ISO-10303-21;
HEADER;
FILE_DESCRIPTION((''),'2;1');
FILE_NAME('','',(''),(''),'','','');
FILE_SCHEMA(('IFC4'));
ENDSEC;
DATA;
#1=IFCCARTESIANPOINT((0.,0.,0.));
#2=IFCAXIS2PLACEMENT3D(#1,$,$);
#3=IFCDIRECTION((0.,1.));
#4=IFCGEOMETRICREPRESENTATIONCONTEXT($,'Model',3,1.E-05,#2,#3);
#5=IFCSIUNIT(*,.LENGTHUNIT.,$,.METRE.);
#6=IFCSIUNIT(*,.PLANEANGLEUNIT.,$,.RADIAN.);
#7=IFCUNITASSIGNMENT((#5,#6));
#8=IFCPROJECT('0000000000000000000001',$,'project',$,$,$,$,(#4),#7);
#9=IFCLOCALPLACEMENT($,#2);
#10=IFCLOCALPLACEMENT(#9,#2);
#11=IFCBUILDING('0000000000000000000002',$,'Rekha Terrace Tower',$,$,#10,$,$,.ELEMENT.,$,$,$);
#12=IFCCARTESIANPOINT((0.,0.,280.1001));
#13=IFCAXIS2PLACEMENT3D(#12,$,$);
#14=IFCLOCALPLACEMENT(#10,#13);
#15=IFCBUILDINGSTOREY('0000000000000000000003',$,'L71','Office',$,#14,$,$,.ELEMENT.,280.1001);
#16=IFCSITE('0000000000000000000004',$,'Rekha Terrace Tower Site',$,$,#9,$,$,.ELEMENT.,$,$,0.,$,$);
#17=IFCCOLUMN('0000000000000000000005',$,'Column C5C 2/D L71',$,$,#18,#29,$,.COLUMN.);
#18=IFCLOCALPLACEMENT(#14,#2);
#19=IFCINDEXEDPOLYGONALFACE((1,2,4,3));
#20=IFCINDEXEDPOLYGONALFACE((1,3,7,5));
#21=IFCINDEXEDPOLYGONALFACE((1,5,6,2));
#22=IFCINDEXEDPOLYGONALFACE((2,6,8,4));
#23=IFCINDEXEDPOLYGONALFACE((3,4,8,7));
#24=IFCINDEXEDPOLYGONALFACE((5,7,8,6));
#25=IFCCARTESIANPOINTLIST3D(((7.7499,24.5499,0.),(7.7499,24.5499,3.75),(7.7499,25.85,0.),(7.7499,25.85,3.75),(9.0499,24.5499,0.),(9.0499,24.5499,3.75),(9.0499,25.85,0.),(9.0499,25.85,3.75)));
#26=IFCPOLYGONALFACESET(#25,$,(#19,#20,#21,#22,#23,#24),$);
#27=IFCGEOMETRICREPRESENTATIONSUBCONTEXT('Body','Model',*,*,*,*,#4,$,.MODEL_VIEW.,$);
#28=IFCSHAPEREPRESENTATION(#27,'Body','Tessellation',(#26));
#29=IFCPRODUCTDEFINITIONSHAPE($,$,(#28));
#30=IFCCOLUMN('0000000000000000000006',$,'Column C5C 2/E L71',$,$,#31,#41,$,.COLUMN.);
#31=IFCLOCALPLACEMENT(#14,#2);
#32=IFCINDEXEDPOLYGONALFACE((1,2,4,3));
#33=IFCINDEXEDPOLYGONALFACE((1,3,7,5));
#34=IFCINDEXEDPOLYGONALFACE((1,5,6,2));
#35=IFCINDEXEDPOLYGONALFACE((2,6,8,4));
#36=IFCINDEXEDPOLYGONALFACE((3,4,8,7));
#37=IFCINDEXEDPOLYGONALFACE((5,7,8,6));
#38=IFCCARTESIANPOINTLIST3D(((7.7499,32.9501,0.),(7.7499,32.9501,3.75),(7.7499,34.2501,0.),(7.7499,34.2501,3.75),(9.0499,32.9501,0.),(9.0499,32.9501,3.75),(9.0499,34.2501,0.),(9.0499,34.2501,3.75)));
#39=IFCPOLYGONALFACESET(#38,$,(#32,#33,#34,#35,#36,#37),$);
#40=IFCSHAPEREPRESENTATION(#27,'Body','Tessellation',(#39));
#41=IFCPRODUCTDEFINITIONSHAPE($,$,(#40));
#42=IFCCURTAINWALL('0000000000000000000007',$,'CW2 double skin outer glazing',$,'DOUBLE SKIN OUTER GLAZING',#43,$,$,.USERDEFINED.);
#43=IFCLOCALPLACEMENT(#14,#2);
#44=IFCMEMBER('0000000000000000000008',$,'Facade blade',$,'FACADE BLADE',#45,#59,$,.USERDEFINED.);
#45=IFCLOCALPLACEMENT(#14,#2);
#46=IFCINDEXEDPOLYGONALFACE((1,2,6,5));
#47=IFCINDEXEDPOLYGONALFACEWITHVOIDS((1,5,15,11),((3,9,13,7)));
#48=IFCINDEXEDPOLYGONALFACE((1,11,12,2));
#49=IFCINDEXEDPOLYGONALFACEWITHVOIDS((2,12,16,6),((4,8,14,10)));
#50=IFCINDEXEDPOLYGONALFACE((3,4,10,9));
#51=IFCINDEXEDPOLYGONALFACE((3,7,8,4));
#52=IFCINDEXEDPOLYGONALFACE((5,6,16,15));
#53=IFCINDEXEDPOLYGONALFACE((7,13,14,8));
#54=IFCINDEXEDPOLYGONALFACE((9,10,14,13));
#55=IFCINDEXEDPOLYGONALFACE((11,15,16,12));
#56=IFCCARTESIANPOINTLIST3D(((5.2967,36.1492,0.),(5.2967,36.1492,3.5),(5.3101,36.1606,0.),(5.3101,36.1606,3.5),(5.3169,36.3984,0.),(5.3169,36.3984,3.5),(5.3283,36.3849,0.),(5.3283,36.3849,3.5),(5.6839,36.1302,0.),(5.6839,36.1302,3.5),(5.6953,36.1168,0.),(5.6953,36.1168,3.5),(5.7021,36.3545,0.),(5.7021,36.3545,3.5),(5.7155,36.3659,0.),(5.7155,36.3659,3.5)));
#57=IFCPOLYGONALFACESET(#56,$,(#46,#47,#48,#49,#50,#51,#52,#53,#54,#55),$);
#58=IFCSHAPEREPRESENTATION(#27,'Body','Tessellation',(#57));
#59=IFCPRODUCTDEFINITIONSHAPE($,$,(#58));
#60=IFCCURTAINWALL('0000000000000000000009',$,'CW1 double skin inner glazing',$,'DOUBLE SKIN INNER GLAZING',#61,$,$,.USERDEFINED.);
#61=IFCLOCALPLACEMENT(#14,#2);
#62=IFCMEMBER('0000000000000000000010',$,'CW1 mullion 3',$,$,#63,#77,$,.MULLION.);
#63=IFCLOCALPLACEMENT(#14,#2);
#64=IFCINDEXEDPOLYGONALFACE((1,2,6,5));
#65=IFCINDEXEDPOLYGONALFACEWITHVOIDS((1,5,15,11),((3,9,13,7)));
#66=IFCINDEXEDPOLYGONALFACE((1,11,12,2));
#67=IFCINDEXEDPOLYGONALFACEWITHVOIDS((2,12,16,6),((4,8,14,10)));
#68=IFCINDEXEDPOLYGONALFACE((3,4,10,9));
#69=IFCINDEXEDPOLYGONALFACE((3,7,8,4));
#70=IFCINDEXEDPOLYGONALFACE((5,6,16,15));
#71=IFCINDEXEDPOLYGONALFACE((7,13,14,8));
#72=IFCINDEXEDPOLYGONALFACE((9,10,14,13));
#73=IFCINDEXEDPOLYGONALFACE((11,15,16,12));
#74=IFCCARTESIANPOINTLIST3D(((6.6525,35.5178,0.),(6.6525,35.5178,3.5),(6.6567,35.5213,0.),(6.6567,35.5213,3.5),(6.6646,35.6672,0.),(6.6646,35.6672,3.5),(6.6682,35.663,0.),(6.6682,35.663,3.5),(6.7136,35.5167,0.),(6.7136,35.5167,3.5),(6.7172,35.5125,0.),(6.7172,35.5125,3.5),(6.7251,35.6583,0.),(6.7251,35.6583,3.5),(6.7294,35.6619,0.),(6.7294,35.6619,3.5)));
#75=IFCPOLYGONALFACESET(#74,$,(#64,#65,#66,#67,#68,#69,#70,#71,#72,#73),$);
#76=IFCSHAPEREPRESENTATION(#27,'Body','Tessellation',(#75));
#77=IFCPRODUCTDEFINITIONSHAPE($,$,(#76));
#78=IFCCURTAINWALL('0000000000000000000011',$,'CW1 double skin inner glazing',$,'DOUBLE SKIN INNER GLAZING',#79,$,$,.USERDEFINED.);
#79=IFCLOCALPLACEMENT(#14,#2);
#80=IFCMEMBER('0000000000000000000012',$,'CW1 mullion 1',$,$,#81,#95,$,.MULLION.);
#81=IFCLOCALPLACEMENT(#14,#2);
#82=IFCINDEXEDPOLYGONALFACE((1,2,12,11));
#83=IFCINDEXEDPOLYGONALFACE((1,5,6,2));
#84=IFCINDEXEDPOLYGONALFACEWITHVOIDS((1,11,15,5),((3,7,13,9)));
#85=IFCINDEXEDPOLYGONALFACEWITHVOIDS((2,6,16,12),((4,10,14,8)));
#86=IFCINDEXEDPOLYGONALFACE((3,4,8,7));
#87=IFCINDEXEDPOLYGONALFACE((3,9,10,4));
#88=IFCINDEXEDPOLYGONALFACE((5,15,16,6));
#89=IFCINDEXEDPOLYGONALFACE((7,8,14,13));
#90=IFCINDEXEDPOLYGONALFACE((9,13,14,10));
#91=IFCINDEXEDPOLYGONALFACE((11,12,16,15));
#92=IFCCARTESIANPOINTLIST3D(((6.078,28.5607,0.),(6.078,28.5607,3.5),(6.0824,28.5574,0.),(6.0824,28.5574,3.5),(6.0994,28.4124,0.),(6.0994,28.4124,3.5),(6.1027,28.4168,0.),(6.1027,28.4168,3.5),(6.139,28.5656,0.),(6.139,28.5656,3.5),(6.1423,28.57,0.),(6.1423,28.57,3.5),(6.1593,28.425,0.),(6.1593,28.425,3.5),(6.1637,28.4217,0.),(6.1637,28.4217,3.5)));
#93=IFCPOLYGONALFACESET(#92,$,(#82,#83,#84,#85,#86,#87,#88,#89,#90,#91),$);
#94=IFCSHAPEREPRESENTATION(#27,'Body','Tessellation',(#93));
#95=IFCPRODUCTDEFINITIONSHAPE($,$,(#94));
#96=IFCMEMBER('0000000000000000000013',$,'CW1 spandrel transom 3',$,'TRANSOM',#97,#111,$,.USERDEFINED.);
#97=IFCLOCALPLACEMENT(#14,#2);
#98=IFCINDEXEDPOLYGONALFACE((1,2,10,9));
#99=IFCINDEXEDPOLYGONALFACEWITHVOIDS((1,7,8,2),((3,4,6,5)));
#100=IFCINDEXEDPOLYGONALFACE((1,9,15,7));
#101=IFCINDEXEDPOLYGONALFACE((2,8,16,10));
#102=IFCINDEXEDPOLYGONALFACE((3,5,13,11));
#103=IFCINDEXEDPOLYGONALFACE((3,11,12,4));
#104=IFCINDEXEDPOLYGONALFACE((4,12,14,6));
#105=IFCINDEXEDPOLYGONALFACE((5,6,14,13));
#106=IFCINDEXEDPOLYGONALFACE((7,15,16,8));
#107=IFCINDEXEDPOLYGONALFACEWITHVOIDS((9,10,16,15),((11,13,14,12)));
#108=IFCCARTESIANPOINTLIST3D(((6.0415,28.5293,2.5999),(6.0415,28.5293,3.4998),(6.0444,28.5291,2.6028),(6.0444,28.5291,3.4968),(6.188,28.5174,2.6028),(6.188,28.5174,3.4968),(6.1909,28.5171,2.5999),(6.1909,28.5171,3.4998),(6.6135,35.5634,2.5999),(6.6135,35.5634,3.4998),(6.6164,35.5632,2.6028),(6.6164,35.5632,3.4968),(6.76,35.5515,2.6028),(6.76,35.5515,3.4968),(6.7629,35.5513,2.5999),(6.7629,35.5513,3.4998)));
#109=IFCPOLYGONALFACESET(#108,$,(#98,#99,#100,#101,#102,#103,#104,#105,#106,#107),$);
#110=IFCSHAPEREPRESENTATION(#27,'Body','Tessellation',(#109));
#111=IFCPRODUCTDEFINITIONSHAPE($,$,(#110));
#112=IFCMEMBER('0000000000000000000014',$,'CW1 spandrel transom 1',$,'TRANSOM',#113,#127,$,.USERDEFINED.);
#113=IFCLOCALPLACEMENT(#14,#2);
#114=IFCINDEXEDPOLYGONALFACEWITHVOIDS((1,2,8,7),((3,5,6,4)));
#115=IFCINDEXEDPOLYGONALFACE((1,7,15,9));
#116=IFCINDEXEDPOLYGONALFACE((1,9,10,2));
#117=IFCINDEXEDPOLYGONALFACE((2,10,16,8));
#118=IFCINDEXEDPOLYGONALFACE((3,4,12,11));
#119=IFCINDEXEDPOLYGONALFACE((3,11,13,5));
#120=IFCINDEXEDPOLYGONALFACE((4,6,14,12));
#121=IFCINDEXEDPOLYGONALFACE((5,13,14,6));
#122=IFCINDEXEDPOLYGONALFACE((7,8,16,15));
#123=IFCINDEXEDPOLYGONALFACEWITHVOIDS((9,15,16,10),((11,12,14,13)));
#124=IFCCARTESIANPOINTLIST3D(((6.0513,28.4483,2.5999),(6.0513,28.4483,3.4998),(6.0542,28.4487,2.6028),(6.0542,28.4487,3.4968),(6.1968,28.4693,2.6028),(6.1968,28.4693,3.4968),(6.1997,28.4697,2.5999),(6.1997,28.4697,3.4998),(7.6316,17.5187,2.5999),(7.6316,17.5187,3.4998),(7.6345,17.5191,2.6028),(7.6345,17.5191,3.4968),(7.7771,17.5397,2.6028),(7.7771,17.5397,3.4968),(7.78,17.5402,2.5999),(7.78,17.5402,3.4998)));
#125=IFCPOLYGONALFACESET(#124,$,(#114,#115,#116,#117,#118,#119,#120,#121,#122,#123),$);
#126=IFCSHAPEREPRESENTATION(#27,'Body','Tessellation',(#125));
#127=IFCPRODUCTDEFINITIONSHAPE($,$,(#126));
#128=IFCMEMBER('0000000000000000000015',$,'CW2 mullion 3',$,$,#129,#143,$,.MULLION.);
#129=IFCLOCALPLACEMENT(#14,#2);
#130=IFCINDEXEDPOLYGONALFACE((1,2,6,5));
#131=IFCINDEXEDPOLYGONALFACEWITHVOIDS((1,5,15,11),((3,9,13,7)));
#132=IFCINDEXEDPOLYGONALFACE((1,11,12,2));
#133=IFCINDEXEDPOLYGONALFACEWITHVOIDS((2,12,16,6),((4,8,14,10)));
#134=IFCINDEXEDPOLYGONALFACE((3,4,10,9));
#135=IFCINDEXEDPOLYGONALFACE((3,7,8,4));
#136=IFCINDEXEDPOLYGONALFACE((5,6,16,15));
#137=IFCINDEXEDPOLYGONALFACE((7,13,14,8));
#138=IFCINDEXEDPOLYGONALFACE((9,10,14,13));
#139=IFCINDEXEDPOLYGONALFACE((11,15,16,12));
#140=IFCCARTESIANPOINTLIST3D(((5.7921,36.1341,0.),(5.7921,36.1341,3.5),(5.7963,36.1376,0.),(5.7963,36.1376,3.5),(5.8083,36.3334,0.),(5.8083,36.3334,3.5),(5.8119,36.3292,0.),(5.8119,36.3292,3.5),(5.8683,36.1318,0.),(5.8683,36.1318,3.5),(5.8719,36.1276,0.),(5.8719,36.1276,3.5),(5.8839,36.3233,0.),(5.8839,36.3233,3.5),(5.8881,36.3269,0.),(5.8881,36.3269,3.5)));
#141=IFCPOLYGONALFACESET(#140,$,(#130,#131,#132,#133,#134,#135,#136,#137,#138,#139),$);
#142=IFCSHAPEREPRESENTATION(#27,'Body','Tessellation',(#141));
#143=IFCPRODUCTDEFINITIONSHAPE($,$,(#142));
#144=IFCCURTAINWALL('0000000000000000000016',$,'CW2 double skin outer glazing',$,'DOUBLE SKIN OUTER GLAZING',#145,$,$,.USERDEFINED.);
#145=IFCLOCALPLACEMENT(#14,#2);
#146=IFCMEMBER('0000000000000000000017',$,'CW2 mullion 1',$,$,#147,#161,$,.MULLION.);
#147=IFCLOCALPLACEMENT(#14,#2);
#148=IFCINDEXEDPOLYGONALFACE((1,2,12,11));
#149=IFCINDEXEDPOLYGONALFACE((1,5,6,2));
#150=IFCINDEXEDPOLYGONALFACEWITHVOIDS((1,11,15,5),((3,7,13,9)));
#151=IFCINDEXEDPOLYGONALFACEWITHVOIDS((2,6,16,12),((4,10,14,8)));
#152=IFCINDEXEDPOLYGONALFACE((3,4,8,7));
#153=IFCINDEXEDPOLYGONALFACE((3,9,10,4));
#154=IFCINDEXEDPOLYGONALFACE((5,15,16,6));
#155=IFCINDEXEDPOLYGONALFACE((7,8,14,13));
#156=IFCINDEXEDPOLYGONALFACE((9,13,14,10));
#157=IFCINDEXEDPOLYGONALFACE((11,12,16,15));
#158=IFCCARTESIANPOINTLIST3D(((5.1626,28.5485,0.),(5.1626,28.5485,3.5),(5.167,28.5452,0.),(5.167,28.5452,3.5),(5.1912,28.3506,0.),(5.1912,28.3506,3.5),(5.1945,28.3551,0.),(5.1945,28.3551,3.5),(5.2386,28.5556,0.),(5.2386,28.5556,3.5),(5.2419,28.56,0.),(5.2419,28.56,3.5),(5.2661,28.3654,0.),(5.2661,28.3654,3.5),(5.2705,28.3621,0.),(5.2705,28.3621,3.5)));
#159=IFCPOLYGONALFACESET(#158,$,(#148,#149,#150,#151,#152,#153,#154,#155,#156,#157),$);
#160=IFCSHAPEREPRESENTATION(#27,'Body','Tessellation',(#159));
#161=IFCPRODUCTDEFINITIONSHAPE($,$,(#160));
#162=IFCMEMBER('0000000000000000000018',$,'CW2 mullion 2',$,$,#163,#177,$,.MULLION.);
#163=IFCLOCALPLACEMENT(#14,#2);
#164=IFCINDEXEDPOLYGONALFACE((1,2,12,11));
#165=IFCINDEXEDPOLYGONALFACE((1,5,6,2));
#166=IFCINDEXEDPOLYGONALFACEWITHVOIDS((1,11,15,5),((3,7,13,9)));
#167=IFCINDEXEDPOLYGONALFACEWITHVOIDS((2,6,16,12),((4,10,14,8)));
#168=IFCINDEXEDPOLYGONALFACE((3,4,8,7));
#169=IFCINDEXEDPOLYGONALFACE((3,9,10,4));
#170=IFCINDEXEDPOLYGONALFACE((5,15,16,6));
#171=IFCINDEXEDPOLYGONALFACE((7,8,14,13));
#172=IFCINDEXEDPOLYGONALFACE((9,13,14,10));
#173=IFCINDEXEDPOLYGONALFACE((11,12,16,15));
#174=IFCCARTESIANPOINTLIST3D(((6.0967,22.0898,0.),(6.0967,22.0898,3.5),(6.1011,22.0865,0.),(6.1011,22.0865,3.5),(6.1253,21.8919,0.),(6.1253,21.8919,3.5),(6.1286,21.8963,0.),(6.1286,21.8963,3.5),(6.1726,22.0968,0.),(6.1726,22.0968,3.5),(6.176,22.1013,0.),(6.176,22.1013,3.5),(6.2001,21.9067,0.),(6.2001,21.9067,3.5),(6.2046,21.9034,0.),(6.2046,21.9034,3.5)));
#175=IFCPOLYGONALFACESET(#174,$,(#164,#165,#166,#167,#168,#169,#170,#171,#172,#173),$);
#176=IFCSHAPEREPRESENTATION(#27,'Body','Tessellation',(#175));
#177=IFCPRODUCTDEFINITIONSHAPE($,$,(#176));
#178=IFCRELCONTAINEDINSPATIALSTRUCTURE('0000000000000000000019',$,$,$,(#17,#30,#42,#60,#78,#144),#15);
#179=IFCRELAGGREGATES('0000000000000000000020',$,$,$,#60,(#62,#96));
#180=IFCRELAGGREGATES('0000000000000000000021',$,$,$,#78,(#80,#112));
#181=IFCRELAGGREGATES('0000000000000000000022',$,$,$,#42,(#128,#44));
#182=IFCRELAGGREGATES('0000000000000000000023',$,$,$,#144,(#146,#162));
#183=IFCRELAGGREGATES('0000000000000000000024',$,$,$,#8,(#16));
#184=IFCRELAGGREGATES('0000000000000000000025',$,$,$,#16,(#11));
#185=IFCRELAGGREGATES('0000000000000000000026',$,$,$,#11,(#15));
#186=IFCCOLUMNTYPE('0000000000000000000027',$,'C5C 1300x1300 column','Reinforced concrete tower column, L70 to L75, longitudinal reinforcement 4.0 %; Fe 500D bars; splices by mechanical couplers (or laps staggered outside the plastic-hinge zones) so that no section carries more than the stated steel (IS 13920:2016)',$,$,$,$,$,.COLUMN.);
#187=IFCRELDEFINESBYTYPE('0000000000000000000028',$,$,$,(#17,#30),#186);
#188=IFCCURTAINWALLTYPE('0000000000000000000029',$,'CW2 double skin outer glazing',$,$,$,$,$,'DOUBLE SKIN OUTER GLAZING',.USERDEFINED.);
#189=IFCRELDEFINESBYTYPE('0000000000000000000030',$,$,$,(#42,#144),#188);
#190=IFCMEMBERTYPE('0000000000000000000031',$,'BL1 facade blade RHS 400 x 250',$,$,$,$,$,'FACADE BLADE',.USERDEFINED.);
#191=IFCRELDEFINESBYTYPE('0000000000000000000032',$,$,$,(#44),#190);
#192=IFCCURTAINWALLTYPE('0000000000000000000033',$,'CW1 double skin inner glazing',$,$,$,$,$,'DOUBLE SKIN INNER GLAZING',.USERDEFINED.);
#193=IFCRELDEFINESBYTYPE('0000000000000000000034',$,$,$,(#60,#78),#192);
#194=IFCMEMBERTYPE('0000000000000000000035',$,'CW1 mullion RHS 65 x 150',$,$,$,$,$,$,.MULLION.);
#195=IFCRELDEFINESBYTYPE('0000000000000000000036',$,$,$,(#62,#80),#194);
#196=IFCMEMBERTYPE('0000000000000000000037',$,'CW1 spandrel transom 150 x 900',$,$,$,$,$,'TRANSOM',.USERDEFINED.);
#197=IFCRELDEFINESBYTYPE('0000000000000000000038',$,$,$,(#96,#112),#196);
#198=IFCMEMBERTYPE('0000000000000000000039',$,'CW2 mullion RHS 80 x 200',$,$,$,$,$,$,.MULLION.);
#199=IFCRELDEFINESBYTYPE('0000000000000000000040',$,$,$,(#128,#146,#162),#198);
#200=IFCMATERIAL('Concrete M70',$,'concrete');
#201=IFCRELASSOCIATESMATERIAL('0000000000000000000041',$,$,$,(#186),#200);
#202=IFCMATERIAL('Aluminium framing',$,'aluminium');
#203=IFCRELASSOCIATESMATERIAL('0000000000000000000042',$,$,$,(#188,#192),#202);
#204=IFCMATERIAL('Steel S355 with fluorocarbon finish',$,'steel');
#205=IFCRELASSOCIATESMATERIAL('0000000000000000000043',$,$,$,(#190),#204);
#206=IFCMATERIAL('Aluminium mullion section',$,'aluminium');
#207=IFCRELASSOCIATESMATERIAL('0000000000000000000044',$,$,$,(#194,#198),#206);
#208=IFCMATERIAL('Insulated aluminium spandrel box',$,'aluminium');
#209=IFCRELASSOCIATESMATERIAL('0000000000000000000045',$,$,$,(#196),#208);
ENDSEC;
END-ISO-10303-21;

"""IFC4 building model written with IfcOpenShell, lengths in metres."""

from ifc_helpers import new_model, si_unit, direction, frame, origin, origin_2d, place, context, subcontext, project, spatial, rectangle, hollow_rectangle, extrude, material, material_profile, profile_set, type_object, element, aggregate, save


model = new_model("IFC4")

# Units and contexts
model_context = context("Model", 3, precision=1e-05, world=origin(), true_north=direction((0.0, 1.0)))
body_context = subcontext(model_context, "Body", "Model", "MODEL_VIEW")
ifc_project = project(units=[si_unit("LENGTHUNIT", "METRE"), si_unit("PLANEANGLEUNIT", "RADIAN")], contexts=[model_context])

# Site, building, storey
site_placement = place(None, origin())
site = spatial("IfcSite", under=ifc_project, at=site_placement, Name="Rekha Terrace Tower Site", CompositionType="ELEMENT", RefElevation=0.0)
building_placement = place(site_placement, origin())
building = spatial("IfcBuilding", under=site, at=building_placement, Name="Rekha Terrace Tower", CompositionType="ELEMENT")
storey_placement = place(building_placement, frame((0.0, 0.0, 280.1001)))
storey = spatial("IfcBuildingStorey", under=building, at=storey_placement, Name="L71", Description="Office", CompositionType="ELEMENT", Elevation=280.1001)

# Columns
ifc_material_1 = material(Name="Concrete M70", Category="concrete")
ifc_material_profile_1 = material_profile(ifc_material_1, rectangle(XDim=1.3, YDim=1.3, at=origin_2d()), Name="RC 1300x1300")
ifc_profile_set_1 = profile_set([ifc_material_profile_1], Name="Concrete M70")
column_type = type_object("IfcColumnType", Name="C5C 1300x1300 column", Description="Reinforced concrete tower column, L70 to L75, longitudinal reinforcement 4.0 %; Fe 500D bars; splices by mechanical couplers (or laps staggered outside the plastic-hinge zones) so that no section carries more than the stated steel (IS 13920:2016)", PredefinedType="COLUMN", material=ifc_profile_set_1)
for number, where, z_axis, x_axis, name in (
    (1, (8.3999, 25.2, 0.0), (0.0, 0.0, 1.0), (1.0, 0.0, 0.0), "Column C5C 2/D L71"),
    (2, (8.3999, 33.6001, 0.0), (0.0, 0.0, 1.0), (1.0, 0.0, 0.0), "Column C5C 2/E L71"),
):
    element("IfcColumn", number, at=place(storey_placement, frame(where, z_axis=z_axis, x_axis=x_axis)), inside=storey, type_object=column_type, Name=name, PredefinedType="COLUMN", context=body_context, shape_type="SweptSolid", body=[
        extrude(rectangle(XDim=1.3, YDim=1.3, at=origin_2d()), origin(), (0.0, 0.0, 1.0), 3.75),
    ])

# Curtain walls, members
ifc_material_2 = material(Name="Aluminium framing", Category="aluminium")
curtain_wall_type_1 = type_object("IfcCurtainWallType", Name="CW2 double skin outer glazing", ElementType="DOUBLE SKIN OUTER GLAZING", PredefinedType="USERDEFINED", material=ifc_material_2)
curtain_wall_1_placement = place(storey_placement, origin())
curtain_wall_1 = element("IfcCurtainWall", 3, at=curtain_wall_1_placement, inside=storey, type_object=curtain_wall_type_1, Name="CW2 double skin outer glazing", ObjectType="DOUBLE SKIN OUTER GLAZING", PredefinedType="USERDEFINED")
ifc_material_3 = material(Name="Steel S355 with fluorocarbon finish", Category="steel")
ifc_material_profile_2 = material_profile(ifc_material_3, hollow_rectangle(XDim=0.25, YDim=0.3999, WallThickness=0.0125, at=origin_2d()), Name="RHS400x250x12.5")
ifc_profile_set_2 = profile_set([ifc_material_profile_2], Name="Steel S355 with fluorocarbon finish")
member_type_1 = type_object("IfcMemberType", Name="BL1 facade blade RHS 400 x 250", ElementType="FACADE BLADE", PredefinedType="USERDEFINED", material=ifc_profile_set_2)
member_1_placement = place(storey_placement, frame((5.5061, 36.2576, 0.0), z_axis=(0.0, 0.0, 1.0), x_axis=(-0.081069, -0.996709, 0.0)))
member_1 = element("IfcMember", 4, at=member_1_placement, type_object=member_type_1, Name="Facade blade", ObjectType="FACADE BLADE", PredefinedType="USERDEFINED", context=body_context, shape_type="SweptSolid", body=[
    extrude(hollow_rectangle(XDim=0.25, YDim=0.3999, WallThickness=0.0125, at=origin_2d()), origin(), (0.0, 0.0, 1.0), 3.5),
])
curtain_wall_type_2 = type_object("IfcCurtainWallType", Name="CW1 double skin inner glazing", ElementType="DOUBLE SKIN INNER GLAZING", PredefinedType="USERDEFINED", material=ifc_material_2)
curtain_wall_2_placement = place(storey_placement, origin())
curtain_wall_2 = element("IfcCurtainWall", 5, at=curtain_wall_2_placement, inside=storey, type_object=curtain_wall_type_2, Name="CW1 double skin inner glazing", ObjectType="DOUBLE SKIN INNER GLAZING", PredefinedType="USERDEFINED")
ifc_material_4 = material(Name="Aluminium mullion section", Category="aluminium")
ifc_material_profile_3 = material_profile(ifc_material_4, hollow_rectangle(XDim=0.0649, YDim=0.1499, WallThickness=0.0039, at=origin_2d()), Name="AL RHS 65x150")
ifc_profile_set_3 = profile_set([ifc_material_profile_3], Name="Aluminium mullion section")
member_type_2 = type_object("IfcMemberType", Name="CW1 mullion RHS 65 x 150", PredefinedType="MULLION", material=ifc_profile_set_3)
member_2_placement = place(storey_placement, frame((6.6909, 35.5898, 0.0), z_axis=(0.0, 0.0, 1.0), x_axis=(0.996709, -0.081068, 0.0)))
member_2 = element("IfcMember", 6, at=member_2_placement, type_object=member_type_2, Name="CW1 mullion 3", PredefinedType="MULLION", context=body_context, shape_type="SweptSolid", body=[
    extrude(hollow_rectangle(XDim=0.0649, YDim=0.1499, WallThickness=0.0039, at=origin_2d()), origin(), (0.0, 0.0, 1.0), 3.5),
])
curtain_wall_3_placement = place(storey_placement, origin())
curtain_wall_3 = element("IfcCurtainWall", 7, at=curtain_wall_3_placement, inside=storey, type_object=curtain_wall_type_2, Name="CW1 double skin inner glazing", ObjectType="DOUBLE SKIN INNER GLAZING", PredefinedType="USERDEFINED")
member_3_placement = place(storey_placement, frame((6.1208, 28.4912, 0.0), z_axis=(0.0, 0.0, 1.0), x_axis=(0.989707, 0.143108, 0.0)))
member_3 = element("IfcMember", 8, at=member_3_placement, type_object=member_type_2, Name="CW1 mullion 1", PredefinedType="MULLION", context=body_context, shape_type="SweptSolid", body=[
    extrude(hollow_rectangle(XDim=0.0649, YDim=0.1499, WallThickness=0.0039, at=origin_2d()), origin(), (0.0, 0.0, 1.0), 3.5),
])

# Members
ifc_material_5 = material(Name="Insulated aluminium spandrel box", Category="aluminium")
ifc_material_profile_4 = material_profile(ifc_material_5, hollow_rectangle(XDim=0.1499, YDim=0.8999, WallThickness=0.0029, at=origin_2d()), Name="AL SPANDREL BOX 150x900")
ifc_profile_set_4 = profile_set([ifc_material_profile_4], Name="Insulated aluminium spandrel box")
member_type_3 = type_object("IfcMemberType", Name="CW1 spandrel transom 150 x 900", ElementType="TRANSOM", PredefinedType="USERDEFINED", material=ifc_profile_set_4)
member_4_placement = place(storey_placement, frame((6.6882, 35.5574, 3.0498), z_axis=(-0.081053, -0.99671, 0.0), x_axis=(0.99671, -0.081053, 0.0)))
member_4 = element("IfcMember", 9, at=member_4_placement, type_object=member_type_3, Name="CW1 spandrel transom 3", ObjectType="TRANSOM", PredefinedType="USERDEFINED", context=body_context, shape_type="SweptSolid", body=[
    extrude(hollow_rectangle(XDim=0.1499, YDim=0.8999, WallThickness=0.0029, at=origin_2d()), origin(), (0.0, 0.0, 1.0), 7.0574),
])
member_5_placement = place(storey_placement, frame((6.1255, 28.459, 3.0498), z_axis=(0.143105, -0.989708, 0.0), x_axis=(0.989708, 0.143105, 0.0)))
member_5 = element("IfcMember", 10, at=member_5_placement, type_object=member_type_3, Name="CW1 spandrel transom 1", ObjectType="TRANSOM", PredefinedType="USERDEFINED", context=body_context, shape_type="SweptSolid", body=[
    extrude(hollow_rectangle(XDim=0.1499, YDim=0.8999, WallThickness=0.0029, at=origin_2d()), origin(), (0.0, 0.0, 1.0), 11.0432),
])
ifc_material_profile_5 = material_profile(ifc_material_4, hollow_rectangle(XDim=0.0801, YDim=0.2, WallThickness=0.0039, at=origin_2d()), Name="AL RHS 80x200")
ifc_profile_set_5 = profile_set([ifc_material_profile_5], Name="Aluminium mullion section")
member_type_4 = type_object("IfcMemberType", Name="CW2 mullion RHS 80 x 200", PredefinedType="MULLION", material=ifc_profile_set_5)
member_6_placement = place(storey_placement, frame((5.8401, 36.2305, 0.0), z_axis=(0.0, 0.0, 1.0), x_axis=(0.996709, -0.081068, 0.0)))
member_6 = element("IfcMember", 11, at=member_6_placement, type_object=member_type_4, Name="CW2 mullion 3", PredefinedType="MULLION", context=body_context, shape_type="SweptSolid", body=[
    extrude(hollow_rectangle(XDim=0.0801, YDim=0.2, WallThickness=0.0039, at=origin_2d()), origin(), (0.0, 0.0, 1.0), 3.5),
])

# Curtain wall, members
curtain_wall_4_placement = place(storey_placement, origin())
curtain_wall_4 = element("IfcCurtainWall", 12, at=curtain_wall_4_placement, inside=storey, type_object=curtain_wall_type_1, Name="CW2 double skin outer glazing", ObjectType="DOUBLE SKIN OUTER GLAZING", PredefinedType="USERDEFINED")
member_7_placement = place(storey_placement, frame((5.2166, 28.4553, 0.0), z_axis=(0.0, 0.0, 1.0), x_axis=(0.989707, 0.143108, 0.0)))
member_7 = element("IfcMember", 13, at=member_7_placement, type_object=member_type_4, Name="CW2 mullion 1", PredefinedType="MULLION", context=body_context, shape_type="SweptSolid", body=[
    extrude(hollow_rectangle(XDim=0.0801, YDim=0.2, WallThickness=0.0039, at=origin_2d()), origin(), (0.0, 0.0, 1.0), 3.5),
])
member_8_placement = place(storey_placement, frame((6.1506, 21.9966, 0.0), z_axis=(0.0, 0.0, 1.0), x_axis=(0.989707, 0.143108, 0.0)))
member_8 = element("IfcMember", 14, at=member_8_placement, type_object=member_type_4, Name="CW2 mullion 2", PredefinedType="MULLION", context=body_context, shape_type="SweptSolid", body=[
    extrude(hollow_rectangle(XDim=0.0801, YDim=0.2, WallThickness=0.0039, at=origin_2d()), origin(), (0.0, 0.0, 1.0), 3.5),
])

aggregate(curtain_wall_2, [member_2, member_4])
aggregate(curtain_wall_3, [member_3, member_5])
aggregate(curtain_wall_1, [member_6, member_1])
aggregate(curtain_wall_4, [member_7, member_8])

save(model, "model.ifc")
